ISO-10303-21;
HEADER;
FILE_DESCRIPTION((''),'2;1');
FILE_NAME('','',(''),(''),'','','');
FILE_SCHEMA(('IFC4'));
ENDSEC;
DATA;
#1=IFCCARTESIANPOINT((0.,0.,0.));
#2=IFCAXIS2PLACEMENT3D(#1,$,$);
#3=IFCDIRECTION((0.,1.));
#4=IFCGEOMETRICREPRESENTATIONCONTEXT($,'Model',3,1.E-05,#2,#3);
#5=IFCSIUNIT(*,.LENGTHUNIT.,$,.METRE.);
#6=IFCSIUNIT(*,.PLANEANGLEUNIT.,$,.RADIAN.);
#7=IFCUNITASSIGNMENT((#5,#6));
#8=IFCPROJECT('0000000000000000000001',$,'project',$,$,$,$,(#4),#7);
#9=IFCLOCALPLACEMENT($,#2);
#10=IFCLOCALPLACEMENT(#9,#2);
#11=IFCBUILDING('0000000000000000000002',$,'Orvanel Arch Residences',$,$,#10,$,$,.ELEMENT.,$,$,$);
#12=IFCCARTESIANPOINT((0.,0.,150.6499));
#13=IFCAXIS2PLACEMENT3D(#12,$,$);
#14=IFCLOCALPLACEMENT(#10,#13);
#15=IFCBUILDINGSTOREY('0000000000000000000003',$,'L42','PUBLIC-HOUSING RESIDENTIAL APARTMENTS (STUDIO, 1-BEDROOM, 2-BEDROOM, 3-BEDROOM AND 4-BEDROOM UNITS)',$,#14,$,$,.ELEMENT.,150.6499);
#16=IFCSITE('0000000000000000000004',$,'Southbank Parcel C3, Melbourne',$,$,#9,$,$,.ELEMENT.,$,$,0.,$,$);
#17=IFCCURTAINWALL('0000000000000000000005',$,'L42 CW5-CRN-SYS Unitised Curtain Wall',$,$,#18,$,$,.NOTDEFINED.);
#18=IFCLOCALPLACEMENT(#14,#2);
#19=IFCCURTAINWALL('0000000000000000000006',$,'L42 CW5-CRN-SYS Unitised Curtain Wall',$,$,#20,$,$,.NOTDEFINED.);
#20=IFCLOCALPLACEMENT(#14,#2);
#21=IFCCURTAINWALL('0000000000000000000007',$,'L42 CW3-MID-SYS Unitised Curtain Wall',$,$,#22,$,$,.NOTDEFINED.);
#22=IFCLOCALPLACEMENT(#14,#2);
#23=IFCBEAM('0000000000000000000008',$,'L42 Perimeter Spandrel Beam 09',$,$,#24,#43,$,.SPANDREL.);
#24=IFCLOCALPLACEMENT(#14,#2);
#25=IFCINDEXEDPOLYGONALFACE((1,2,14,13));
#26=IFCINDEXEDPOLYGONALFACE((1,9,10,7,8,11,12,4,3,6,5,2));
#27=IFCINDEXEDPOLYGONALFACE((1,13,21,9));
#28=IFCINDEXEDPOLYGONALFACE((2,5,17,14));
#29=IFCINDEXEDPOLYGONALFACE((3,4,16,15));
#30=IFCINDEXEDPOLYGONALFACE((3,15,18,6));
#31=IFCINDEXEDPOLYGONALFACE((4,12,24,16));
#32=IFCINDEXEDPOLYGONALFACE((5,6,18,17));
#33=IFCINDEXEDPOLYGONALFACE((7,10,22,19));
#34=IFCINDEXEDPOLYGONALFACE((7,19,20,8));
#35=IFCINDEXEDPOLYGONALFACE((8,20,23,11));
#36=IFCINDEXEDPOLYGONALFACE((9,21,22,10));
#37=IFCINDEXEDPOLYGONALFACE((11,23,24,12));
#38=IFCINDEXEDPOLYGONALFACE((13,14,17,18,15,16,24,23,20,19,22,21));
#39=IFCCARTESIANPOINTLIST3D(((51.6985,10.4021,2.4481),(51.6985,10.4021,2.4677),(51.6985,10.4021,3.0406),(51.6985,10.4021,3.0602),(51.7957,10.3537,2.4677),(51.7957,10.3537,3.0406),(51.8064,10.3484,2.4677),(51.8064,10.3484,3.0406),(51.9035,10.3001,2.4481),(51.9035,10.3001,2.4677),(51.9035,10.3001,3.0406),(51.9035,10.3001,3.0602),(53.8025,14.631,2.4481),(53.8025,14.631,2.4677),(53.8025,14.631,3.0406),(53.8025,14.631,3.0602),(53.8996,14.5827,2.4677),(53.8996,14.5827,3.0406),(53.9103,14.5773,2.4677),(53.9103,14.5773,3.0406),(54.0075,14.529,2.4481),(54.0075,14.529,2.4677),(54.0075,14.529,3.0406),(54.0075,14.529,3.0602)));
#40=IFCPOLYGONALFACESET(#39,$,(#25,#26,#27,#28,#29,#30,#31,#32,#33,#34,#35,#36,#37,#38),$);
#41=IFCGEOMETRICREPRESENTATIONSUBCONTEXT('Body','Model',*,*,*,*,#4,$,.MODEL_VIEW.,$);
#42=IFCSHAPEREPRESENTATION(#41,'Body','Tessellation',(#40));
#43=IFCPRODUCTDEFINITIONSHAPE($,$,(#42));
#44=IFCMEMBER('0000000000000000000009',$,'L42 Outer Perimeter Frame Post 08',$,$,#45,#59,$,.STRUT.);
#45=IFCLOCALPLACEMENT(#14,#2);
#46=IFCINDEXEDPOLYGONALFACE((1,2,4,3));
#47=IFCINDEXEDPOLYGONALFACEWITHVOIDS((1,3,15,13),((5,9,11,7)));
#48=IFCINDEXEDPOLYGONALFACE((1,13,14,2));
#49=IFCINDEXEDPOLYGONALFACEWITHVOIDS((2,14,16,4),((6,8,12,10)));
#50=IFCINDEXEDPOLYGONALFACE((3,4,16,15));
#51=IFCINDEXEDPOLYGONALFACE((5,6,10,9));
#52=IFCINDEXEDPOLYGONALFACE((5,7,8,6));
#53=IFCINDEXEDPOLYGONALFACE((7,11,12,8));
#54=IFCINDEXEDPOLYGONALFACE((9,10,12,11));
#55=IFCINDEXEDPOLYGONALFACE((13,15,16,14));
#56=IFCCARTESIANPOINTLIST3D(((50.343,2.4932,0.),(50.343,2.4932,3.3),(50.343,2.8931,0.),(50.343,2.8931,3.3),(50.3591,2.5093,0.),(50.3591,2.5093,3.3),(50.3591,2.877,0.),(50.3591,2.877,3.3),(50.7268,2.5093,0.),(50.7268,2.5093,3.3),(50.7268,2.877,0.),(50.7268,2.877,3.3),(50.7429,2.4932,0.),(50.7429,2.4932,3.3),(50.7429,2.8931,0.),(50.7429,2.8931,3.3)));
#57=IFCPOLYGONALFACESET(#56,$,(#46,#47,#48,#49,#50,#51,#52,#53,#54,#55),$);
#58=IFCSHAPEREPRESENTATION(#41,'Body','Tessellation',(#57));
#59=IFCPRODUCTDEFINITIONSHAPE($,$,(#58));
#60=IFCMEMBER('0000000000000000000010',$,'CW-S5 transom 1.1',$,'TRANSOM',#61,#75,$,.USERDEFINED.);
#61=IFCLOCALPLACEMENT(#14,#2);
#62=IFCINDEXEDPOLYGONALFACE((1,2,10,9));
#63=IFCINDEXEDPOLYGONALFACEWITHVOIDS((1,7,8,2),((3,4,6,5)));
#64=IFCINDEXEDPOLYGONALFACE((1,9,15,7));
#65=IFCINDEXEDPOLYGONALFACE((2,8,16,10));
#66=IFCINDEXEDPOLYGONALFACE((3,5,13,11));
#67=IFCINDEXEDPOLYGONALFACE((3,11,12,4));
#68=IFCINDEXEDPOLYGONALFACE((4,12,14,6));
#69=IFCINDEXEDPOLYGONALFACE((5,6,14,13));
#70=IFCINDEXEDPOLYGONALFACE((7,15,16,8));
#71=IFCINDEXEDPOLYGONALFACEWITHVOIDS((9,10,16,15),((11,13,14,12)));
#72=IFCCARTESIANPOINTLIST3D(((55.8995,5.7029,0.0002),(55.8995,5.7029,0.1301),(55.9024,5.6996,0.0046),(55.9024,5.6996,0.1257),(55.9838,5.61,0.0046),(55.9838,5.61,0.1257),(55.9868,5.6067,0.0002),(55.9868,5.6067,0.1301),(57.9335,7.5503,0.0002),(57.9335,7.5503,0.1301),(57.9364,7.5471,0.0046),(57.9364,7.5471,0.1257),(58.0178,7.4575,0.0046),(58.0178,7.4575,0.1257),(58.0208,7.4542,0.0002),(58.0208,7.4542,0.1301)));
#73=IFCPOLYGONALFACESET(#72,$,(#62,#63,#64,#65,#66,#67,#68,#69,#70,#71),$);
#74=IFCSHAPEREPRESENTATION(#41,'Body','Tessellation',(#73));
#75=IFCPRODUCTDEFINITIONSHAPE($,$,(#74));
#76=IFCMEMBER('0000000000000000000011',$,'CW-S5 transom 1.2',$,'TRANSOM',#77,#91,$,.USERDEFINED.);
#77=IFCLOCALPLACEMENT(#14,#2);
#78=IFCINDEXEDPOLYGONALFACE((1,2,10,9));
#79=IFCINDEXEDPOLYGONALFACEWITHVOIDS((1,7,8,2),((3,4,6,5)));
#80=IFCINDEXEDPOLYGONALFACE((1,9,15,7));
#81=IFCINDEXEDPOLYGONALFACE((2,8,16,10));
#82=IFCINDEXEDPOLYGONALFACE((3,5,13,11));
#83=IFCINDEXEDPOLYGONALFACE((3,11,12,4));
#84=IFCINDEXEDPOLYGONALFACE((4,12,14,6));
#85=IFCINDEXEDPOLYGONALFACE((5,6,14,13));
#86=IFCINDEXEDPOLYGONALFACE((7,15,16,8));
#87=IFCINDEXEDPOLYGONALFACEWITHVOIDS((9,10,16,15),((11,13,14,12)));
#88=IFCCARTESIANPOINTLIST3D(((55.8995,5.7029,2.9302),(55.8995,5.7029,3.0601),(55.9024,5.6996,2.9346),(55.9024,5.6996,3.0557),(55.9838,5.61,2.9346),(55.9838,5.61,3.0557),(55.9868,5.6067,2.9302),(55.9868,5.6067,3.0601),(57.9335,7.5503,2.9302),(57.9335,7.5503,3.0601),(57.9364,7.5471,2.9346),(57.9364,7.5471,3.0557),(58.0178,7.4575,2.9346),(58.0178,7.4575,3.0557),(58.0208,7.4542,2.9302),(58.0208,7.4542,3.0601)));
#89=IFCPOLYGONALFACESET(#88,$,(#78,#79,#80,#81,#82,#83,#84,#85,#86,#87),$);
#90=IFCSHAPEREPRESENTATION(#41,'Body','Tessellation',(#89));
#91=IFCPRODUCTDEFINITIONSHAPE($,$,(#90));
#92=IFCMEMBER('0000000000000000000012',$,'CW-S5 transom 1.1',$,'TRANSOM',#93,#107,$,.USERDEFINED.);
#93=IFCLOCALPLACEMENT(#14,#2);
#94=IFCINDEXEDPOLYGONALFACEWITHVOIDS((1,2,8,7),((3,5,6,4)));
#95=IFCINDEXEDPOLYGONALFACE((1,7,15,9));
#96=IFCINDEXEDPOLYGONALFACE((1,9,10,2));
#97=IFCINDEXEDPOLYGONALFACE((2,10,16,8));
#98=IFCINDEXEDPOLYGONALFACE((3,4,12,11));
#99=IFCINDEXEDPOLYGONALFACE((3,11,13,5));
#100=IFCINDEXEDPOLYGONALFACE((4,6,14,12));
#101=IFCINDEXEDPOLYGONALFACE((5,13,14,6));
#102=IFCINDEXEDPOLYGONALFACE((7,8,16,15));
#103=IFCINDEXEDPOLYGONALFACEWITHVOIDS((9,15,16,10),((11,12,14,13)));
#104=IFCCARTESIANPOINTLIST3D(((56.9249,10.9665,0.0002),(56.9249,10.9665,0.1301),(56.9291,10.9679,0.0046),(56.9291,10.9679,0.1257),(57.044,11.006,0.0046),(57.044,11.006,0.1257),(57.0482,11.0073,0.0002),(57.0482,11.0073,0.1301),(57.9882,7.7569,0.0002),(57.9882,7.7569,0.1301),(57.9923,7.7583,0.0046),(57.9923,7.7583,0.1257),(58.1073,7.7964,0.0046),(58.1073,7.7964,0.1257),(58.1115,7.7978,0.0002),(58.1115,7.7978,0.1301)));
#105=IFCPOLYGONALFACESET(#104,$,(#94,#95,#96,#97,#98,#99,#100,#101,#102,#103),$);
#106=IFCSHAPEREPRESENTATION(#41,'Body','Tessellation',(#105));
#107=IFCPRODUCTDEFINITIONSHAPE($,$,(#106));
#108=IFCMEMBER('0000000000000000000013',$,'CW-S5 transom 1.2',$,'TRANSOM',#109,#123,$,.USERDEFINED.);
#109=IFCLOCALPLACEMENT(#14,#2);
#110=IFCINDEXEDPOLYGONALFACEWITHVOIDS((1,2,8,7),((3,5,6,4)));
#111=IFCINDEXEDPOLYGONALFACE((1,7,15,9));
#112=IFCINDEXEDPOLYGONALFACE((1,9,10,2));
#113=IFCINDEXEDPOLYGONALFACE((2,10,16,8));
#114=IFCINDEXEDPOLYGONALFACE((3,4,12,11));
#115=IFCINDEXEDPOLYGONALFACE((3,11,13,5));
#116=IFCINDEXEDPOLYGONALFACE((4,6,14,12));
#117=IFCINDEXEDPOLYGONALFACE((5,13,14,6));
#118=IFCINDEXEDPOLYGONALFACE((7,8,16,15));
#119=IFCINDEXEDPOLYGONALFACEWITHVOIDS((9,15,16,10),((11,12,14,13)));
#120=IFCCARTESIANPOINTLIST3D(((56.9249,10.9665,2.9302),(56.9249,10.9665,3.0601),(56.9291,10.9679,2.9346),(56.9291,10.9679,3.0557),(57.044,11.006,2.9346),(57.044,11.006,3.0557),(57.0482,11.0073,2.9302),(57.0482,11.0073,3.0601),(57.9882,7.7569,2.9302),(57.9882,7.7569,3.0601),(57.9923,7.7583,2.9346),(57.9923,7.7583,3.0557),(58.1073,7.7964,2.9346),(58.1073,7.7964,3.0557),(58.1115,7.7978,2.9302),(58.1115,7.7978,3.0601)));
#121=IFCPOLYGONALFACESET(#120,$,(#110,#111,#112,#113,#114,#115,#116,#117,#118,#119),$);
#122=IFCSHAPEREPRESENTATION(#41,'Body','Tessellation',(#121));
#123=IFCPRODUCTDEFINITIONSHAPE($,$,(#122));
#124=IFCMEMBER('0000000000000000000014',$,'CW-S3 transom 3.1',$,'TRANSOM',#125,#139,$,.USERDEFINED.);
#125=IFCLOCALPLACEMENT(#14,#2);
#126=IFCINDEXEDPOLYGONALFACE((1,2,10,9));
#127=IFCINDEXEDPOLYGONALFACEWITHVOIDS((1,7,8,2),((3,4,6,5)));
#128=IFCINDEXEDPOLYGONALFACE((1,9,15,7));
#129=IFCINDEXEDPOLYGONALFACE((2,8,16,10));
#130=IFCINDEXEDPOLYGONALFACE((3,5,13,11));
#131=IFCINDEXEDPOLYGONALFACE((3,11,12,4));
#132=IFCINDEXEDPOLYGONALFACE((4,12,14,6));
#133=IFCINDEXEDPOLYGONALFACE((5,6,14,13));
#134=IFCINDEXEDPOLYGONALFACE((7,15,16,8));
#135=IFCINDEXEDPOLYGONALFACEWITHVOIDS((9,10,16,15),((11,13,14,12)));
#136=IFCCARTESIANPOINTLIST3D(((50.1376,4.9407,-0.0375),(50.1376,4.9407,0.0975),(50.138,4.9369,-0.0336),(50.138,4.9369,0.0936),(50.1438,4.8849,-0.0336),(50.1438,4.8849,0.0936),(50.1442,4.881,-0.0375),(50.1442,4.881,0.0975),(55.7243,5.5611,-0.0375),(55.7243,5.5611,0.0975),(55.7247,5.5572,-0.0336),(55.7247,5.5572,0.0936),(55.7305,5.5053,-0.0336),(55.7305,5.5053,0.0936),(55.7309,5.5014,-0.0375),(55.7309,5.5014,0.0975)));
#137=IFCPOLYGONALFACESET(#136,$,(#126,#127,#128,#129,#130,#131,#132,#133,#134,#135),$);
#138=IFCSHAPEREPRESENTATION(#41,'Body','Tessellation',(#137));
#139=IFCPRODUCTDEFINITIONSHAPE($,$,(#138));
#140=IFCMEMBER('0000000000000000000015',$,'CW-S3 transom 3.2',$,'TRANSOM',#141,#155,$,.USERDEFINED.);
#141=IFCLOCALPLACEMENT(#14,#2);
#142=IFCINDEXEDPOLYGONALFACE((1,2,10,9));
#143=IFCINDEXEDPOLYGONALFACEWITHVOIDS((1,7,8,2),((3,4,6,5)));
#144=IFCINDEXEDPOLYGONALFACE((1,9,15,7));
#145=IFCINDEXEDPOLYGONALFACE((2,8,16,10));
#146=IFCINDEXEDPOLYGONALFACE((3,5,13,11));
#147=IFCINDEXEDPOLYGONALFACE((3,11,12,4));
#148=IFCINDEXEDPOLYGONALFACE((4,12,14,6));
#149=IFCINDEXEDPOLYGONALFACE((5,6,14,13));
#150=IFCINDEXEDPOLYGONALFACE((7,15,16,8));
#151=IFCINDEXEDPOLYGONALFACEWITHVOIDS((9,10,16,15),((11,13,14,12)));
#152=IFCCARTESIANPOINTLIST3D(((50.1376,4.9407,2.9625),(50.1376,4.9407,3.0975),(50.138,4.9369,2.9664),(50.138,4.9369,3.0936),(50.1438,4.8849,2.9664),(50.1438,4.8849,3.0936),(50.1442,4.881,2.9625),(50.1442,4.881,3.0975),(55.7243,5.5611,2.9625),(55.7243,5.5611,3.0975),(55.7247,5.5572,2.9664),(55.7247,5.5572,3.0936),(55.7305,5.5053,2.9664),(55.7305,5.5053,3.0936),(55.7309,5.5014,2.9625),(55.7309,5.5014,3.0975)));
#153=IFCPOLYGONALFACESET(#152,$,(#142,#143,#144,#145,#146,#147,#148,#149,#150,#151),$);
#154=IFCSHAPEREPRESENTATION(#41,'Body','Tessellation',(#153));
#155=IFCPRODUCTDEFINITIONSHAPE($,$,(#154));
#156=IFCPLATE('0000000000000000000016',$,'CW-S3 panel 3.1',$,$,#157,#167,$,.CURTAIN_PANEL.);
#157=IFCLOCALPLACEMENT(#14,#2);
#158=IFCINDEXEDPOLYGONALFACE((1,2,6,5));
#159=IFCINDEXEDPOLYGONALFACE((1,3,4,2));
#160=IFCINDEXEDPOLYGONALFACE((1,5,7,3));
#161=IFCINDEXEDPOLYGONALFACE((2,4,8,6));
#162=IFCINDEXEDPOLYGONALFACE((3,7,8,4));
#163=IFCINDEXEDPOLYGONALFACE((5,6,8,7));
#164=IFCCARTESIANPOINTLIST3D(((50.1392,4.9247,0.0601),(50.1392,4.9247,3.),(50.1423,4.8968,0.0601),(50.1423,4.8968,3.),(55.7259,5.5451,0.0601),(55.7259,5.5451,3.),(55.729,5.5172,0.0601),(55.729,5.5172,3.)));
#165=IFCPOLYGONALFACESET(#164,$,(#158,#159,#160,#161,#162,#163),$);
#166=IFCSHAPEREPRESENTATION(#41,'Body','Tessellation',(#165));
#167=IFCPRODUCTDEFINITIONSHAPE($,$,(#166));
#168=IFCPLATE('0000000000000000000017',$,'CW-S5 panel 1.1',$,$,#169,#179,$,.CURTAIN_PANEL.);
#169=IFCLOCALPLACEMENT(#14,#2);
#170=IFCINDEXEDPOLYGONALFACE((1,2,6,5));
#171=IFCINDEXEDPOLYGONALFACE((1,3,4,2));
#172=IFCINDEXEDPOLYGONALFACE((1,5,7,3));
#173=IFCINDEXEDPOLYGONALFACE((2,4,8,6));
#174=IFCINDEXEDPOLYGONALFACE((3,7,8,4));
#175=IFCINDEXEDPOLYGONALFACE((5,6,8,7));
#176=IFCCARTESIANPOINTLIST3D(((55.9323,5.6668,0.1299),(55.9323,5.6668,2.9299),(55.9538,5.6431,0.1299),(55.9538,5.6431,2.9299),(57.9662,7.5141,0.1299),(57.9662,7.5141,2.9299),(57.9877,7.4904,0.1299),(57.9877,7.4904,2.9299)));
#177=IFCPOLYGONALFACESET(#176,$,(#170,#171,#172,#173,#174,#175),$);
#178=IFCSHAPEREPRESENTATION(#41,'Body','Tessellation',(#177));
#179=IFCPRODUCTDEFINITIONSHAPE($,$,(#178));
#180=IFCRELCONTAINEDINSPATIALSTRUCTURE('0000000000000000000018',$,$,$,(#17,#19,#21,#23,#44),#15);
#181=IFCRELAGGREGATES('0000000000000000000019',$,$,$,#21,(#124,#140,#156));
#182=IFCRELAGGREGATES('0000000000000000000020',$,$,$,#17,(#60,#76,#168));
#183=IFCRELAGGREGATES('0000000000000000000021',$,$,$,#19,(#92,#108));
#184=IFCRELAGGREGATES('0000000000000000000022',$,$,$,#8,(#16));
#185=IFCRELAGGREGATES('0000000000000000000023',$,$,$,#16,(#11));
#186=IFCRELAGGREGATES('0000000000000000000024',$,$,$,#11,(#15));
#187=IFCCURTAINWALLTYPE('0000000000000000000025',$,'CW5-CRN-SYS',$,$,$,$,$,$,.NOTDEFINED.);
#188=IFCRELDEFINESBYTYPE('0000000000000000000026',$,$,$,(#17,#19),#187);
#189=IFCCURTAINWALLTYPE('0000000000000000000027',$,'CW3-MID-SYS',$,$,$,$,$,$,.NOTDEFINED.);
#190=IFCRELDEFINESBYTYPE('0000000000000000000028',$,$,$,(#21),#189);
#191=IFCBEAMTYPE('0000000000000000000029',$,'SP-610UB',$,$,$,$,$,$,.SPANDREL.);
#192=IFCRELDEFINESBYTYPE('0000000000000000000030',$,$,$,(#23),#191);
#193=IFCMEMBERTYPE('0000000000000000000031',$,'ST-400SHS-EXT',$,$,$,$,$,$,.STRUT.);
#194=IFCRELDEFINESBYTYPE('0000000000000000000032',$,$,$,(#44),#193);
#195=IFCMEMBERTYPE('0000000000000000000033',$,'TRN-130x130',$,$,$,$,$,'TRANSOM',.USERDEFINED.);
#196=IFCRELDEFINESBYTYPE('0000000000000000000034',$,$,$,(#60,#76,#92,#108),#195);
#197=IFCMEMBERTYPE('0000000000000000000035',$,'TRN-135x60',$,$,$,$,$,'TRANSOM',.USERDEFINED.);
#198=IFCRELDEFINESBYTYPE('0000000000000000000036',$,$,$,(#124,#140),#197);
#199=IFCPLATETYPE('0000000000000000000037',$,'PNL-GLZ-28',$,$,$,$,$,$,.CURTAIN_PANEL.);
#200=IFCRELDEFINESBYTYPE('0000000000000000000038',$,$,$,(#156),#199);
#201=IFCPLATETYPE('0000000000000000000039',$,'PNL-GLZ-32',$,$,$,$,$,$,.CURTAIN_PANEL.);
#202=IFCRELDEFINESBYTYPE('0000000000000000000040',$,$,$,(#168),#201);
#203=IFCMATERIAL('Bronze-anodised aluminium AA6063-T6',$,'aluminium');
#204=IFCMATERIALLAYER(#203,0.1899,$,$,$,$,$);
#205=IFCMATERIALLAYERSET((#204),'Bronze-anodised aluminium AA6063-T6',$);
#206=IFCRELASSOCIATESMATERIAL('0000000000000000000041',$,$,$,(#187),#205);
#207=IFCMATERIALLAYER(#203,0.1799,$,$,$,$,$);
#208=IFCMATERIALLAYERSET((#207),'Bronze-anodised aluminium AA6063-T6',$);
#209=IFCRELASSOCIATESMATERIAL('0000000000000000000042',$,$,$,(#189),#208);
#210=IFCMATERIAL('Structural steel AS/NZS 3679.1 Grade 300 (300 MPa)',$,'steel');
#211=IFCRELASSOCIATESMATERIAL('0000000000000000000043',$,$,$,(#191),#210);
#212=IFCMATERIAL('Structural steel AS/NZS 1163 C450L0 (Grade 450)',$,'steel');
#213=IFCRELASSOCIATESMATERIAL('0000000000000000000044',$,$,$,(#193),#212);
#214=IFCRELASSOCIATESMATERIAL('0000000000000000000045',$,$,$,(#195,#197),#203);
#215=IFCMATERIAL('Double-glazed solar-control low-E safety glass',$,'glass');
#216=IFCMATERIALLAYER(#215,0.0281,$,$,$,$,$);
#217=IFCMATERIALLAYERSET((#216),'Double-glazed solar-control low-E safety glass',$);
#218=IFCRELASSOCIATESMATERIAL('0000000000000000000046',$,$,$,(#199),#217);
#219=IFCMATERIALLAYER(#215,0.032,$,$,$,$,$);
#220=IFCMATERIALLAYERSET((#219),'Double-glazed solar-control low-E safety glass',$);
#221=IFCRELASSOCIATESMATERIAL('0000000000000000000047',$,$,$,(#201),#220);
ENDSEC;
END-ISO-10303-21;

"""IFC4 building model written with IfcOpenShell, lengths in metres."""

from ifc_helpers import new_model, si_unit, direction, frame, origin, origin_2d, place, context, subcontext, project, spatial, rectangle, hollow_rectangle, i_section, extrude, material, layer, layer_set, material_profile, profile_set, type_object, element, aggregate, save


model = new_model("IFC4")

# Units and contexts
model_context = context("Model", 3, precision=1e-05, world=origin(), true_north=direction((0.0, 1.0)))
body_context = subcontext(model_context, "Body", "Model", "MODEL_VIEW")
ifc_project = project(units=[si_unit("LENGTHUNIT", "METRE"), si_unit("PLANEANGLEUNIT", "RADIAN")], contexts=[model_context])

# Site, building, storey
site_placement = place(None, origin())
site = spatial("IfcSite", under=ifc_project, at=site_placement, Name="Southbank Parcel C3, Melbourne", CompositionType="ELEMENT", RefElevation=0.0)
building_placement = place(site_placement, origin())
building = spatial("IfcBuilding", under=site, at=building_placement, Name="Orvanel Arch Residences", CompositionType="ELEMENT")
storey_placement = place(building_placement, frame((0.0, 0.0, 150.6499)))
storey = spatial("IfcBuildingStorey", under=building, at=storey_placement, Name="L42", Description="PUBLIC-HOUSING RESIDENTIAL APARTMENTS (STUDIO, 1-BEDROOM, 2-BEDROOM, 3-BEDROOM AND 4-BEDROOM UNITS)", CompositionType="ELEMENT", Elevation=150.6499)

# Curtain walls
ifc_material_1 = material(Name="Bronze-anodised aluminium AA6063-T6", Category="aluminium")
ifc_layer_1 = layer(ifc_material_1, 0.1899)
ifc_layer_set_1 = layer_set([ifc_layer_1], Name="Bronze-anodised aluminium AA6063-T6")
curtain_wall_type_1 = type_object("IfcCurtainWallType", Name="CW5-CRN-SYS", PredefinedType="NOTDEFINED", material=ifc_layer_set_1)
curtain_wall_1_placement = place(storey_placement, origin())
curtain_wall_1 = element("IfcCurtainWall", 1, at=curtain_wall_1_placement, inside=storey, type_object=curtain_wall_type_1, Name="L42 CW5-CRN-SYS Unitised Curtain Wall", PredefinedType="NOTDEFINED")
curtain_wall_2_placement = place(storey_placement, origin())
curtain_wall_2 = element("IfcCurtainWall", 2, at=curtain_wall_2_placement, inside=storey, type_object=curtain_wall_type_1, Name="L42 CW5-CRN-SYS Unitised Curtain Wall", PredefinedType="NOTDEFINED")

# Curtain wall
ifc_layer_2 = layer(ifc_material_1, 0.1799)
ifc_layer_set_2 = layer_set([ifc_layer_2], Name="Bronze-anodised aluminium AA6063-T6")
curtain_wall_type_2 = type_object("IfcCurtainWallType", Name="CW3-MID-SYS", PredefinedType="NOTDEFINED", material=ifc_layer_set_2)
curtain_wall_3_placement = place(storey_placement, origin())
curtain_wall_3 = element("IfcCurtainWall", 3, at=curtain_wall_3_placement, inside=storey, type_object=curtain_wall_type_2, Name="L42 CW3-MID-SYS Unitised Curtain Wall", PredefinedType="NOTDEFINED")

# Beam
ifc_material_2 = material(Name="Structural steel AS/NZS 3679.1 Grade 300 (300 MPa)", Category="steel")
ifc_material_profile_1 = material_profile(ifc_material_2, i_section(OverallWidth=0.229, OverallDepth=0.6121, WebThickness=0.012, FlangeThickness=0.0195, at=origin_2d()), Name="610UB125")
ifc_profile_set_1 = profile_set([ifc_material_profile_1], Name="Structural steel AS/NZS 3679.1 Grade 300 (300 MPa)")
beam_type_1 = type_object("IfcBeamType", Name="SP-610UB", PredefinedType="SPANDREL", material=ifc_profile_set_1)
beam_1_placement = place(storey_placement, frame((51.801, 10.3511, 2.7542), z_axis=(0.445435, 0.895314, 0.0), x_axis=(-0.895314, 0.445435, 0.0)))
element("IfcBeam", 4, at=beam_1_placement, inside=storey, type_object=beam_type_1, Name="L42 Perimeter Spandrel Beam 09", PredefinedType="SPANDREL", context=body_context, shape_type="SweptSolid", body=[
    extrude(i_section(OverallWidth=0.229, OverallDepth=0.6121, WebThickness=0.012, FlangeThickness=0.0195, at=origin_2d()), origin(), (0.0, 0.0, 1.0), 4.7234),
])

# Members
ifc_material_3 = material(Name="Structural steel AS/NZS 1163 C450L0 (Grade 450)", Category="steel")
ifc_material_profile_2 = material_profile(ifc_material_3, hollow_rectangle(XDim=0.3999, YDim=0.3999, WallThickness=0.0161, at=origin_2d()), Name="SHS400x400x16")
ifc_profile_set_2 = profile_set([ifc_material_profile_2], Name="Structural steel AS/NZS 1163 C450L0 (Grade 450)")
member_type_1 = type_object("IfcMemberType", Name="ST-400SHS-EXT", PredefinedType="STRUT", material=ifc_profile_set_2)
member_1_placement = place(storey_placement, frame((50.543, 2.6931, 0.0), z_axis=(0.0, 0.0, 1.0), x_axis=(1.0, 0.0, 0.0)))
element("IfcMember", 5, at=member_1_placement, inside=storey, type_object=member_type_1, Name="L42 Outer Perimeter Frame Post 08", PredefinedType="STRUT", context=body_context, shape_type="SweptSolid", body=[
    extrude(hollow_rectangle(XDim=0.3999, YDim=0.3999, WallThickness=0.0161, at=origin_2d()), origin(), (0.0, 0.0, 1.0), 3.3),
])
ifc_material_profile_3 = material_profile(ifc_material_1, hollow_rectangle(XDim=0.1299, YDim=0.1299, WallThickness=0.0044, at=origin_2d()), Name="ALU130x130x4.5")
ifc_profile_set_3 = profile_set([ifc_material_profile_3], Name="Bronze-anodised aluminium AA6063-T6")
member_type_2 = type_object("IfcMemberType", Name="TRN-130x130", ElementType="TRANSOM", PredefinedType="USERDEFINED", material=ifc_profile_set_3)
member_2_placement = place(storey_placement, frame((55.9431, 5.6548, 0.0652), z_axis=(0.740233, 0.67235, 0.0), x_axis=(-0.67235, 0.740233, 0.0)))
member_2 = element("IfcMember", 6, at=member_2_placement, type_object=member_type_2, Name="CW-S5 transom 1.1", ObjectType="TRANSOM", PredefinedType="USERDEFINED", context=body_context, shape_type="SweptSolid", body=[
    extrude(hollow_rectangle(XDim=0.1299, YDim=0.1299, WallThickness=0.0044, at=origin_2d()), origin(), (0.0, 0.0, 1.0), 2.7478),
])
member_3_placement = place(storey_placement, frame((55.9431, 5.6548, 2.9951), z_axis=(0.740233, 0.67235, 0.0), x_axis=(-0.67235, 0.740233, 0.0)))
member_3 = element("IfcMember", 7, at=member_3_placement, type_object=member_type_2, Name="CW-S5 transom 1.2", ObjectType="TRANSOM", PredefinedType="USERDEFINED", context=body_context, shape_type="SweptSolid", body=[
    extrude(hollow_rectangle(XDim=0.1299, YDim=0.1299, WallThickness=0.0044, at=origin_2d()), origin(), (0.0, 0.0, 1.0), 2.7478),
])
member_4_placement = place(storey_placement, frame((58.0498, 7.7773, 0.0652), z_axis=(-0.314473, 0.949267, 0.0), x_axis=(-0.949267, -0.314473, 0.0)))
member_4 = element("IfcMember", 8, at=member_4_placement, type_object=member_type_2, Name="CW-S5 transom 1.1", ObjectType="TRANSOM", PredefinedType="USERDEFINED", context=body_context, shape_type="SweptSolid", body=[
    extrude(hollow_rectangle(XDim=0.1299, YDim=0.1299, WallThickness=0.0044, at=origin_2d()), origin(), (0.0, 0.0, 1.0), 3.3811),
])
member_5_placement = place(storey_placement, frame((58.0498, 7.7773, 2.9951), z_axis=(-0.314473, 0.949267, 0.0), x_axis=(-0.949267, -0.314473, 0.0)))
member_5 = element("IfcMember", 9, at=member_5_placement, type_object=member_type_2, Name="CW-S5 transom 1.2", ObjectType="TRANSOM", PredefinedType="USERDEFINED", context=body_context, shape_type="SweptSolid", body=[
    extrude(hollow_rectangle(XDim=0.1299, YDim=0.1299, WallThickness=0.0044, at=origin_2d()), origin(), (0.0, 0.0, 1.0), 3.3811),
])
ifc_material_profile_4 = material_profile(ifc_material_1, hollow_rectangle(XDim=0.0601, YDim=0.135, WallThickness=0.0039, at=origin_2d()), Name="ALU135x60x4")
ifc_profile_set_4 = profile_set([ifc_material_profile_4], Name="Bronze-anodised aluminium AA6063-T6")
member_type_3 = type_object("IfcMemberType", Name="TRN-135x60", ElementType="TRANSOM", PredefinedType="USERDEFINED", material=ifc_profile_set_4)
member_6_placement = place(storey_placement, frame((50.1409, 4.9109, 0.03), z_axis=(0.993891, 0.110365, 0.0), x_axis=(-0.110365, 0.993891, 0.0)))
member_6 = element("IfcMember", 10, at=member_6_placement, type_object=member_type_3, Name="CW-S3 transom 3.1", ObjectType="TRANSOM", PredefinedType="USERDEFINED", context=body_context, shape_type="SweptSolid", body=[
    extrude(hollow_rectangle(XDim=0.0601, YDim=0.135, WallThickness=0.0039, at=origin_2d()), origin(), (0.0, 0.0, 1.0), 5.6211),
])
member_7_placement = place(storey_placement, frame((50.1409, 4.9109, 3.03), z_axis=(0.993891, 0.110365, 0.0), x_axis=(-0.110365, 0.993891, 0.0)))
member_7 = element("IfcMember", 11, at=member_7_placement, type_object=member_type_3, Name="CW-S3 transom 3.2", ObjectType="TRANSOM", PredefinedType="USERDEFINED", context=body_context, shape_type="SweptSolid", body=[
    extrude(hollow_rectangle(XDim=0.0601, YDim=0.135, WallThickness=0.0039, at=origin_2d()), origin(), (0.0, 0.0, 1.0), 5.6211),
])

# Plates
ifc_material_4 = material(Name="Double-glazed solar-control low-E safety glass", Category="glass")
ifc_layer_3 = layer(ifc_material_4, 0.0281)
ifc_layer_set_3 = layer_set([ifc_layer_3], Name="Double-glazed solar-control low-E safety glass")
plate_type_1 = type_object("IfcPlateType", Name="PNL-GLZ-28", PredefinedType="CURTAIN_PANEL", material=ifc_layer_set_3)
plate_1_placement = place(storey_placement, frame((52.9341, 5.2209, 0.0601), z_axis=(0.0, 0.0, 1.0), x_axis=(0.99389, 0.110374, 0.0)))
plate_1 = element("IfcPlate", 12, at=plate_1_placement, type_object=plate_type_1, Name="CW-S3 panel 3.1", PredefinedType="CURTAIN_PANEL", context=body_context, shape_type="SweptSolid", body=[
    extrude(rectangle(XDim=5.6211, YDim=0.0281, at=origin_2d()), origin(), (0.0, 0.0, 1.0), 2.9399),
])
aggregate(curtain_wall_3, [member_6, member_7, plate_1])
ifc_layer_4 = layer(ifc_material_4, 0.032)
ifc_layer_set_4 = layer_set([ifc_layer_4], Name="Double-glazed solar-control low-E safety glass")
plate_type_2 = type_object("IfcPlateType", Name="PNL-GLZ-32", PredefinedType="CURTAIN_PANEL", material=ifc_layer_set_4)
plate_2_placement = place(storey_placement, frame((56.96, 6.5786, 0.1299), z_axis=(0.0, 0.0, 1.0), x_axis=(0.740252, 0.67233, 0.0)))
plate_2 = element("IfcPlate", 13, at=plate_2_placement, type_object=plate_type_2, Name="CW-S5 panel 1.1", PredefinedType="CURTAIN_PANEL", context=body_context, shape_type="SweptSolid", body=[
    extrude(rectangle(XDim=2.7476, YDim=0.032, at=origin_2d()), origin(), (0.0, 0.0, 1.0), 2.8),
])
aggregate(curtain_wall_1, [member_2, member_3, plate_2])
aggregate(curtain_wall_2, [member_4, member_5])

save(model, "model.ifc")
